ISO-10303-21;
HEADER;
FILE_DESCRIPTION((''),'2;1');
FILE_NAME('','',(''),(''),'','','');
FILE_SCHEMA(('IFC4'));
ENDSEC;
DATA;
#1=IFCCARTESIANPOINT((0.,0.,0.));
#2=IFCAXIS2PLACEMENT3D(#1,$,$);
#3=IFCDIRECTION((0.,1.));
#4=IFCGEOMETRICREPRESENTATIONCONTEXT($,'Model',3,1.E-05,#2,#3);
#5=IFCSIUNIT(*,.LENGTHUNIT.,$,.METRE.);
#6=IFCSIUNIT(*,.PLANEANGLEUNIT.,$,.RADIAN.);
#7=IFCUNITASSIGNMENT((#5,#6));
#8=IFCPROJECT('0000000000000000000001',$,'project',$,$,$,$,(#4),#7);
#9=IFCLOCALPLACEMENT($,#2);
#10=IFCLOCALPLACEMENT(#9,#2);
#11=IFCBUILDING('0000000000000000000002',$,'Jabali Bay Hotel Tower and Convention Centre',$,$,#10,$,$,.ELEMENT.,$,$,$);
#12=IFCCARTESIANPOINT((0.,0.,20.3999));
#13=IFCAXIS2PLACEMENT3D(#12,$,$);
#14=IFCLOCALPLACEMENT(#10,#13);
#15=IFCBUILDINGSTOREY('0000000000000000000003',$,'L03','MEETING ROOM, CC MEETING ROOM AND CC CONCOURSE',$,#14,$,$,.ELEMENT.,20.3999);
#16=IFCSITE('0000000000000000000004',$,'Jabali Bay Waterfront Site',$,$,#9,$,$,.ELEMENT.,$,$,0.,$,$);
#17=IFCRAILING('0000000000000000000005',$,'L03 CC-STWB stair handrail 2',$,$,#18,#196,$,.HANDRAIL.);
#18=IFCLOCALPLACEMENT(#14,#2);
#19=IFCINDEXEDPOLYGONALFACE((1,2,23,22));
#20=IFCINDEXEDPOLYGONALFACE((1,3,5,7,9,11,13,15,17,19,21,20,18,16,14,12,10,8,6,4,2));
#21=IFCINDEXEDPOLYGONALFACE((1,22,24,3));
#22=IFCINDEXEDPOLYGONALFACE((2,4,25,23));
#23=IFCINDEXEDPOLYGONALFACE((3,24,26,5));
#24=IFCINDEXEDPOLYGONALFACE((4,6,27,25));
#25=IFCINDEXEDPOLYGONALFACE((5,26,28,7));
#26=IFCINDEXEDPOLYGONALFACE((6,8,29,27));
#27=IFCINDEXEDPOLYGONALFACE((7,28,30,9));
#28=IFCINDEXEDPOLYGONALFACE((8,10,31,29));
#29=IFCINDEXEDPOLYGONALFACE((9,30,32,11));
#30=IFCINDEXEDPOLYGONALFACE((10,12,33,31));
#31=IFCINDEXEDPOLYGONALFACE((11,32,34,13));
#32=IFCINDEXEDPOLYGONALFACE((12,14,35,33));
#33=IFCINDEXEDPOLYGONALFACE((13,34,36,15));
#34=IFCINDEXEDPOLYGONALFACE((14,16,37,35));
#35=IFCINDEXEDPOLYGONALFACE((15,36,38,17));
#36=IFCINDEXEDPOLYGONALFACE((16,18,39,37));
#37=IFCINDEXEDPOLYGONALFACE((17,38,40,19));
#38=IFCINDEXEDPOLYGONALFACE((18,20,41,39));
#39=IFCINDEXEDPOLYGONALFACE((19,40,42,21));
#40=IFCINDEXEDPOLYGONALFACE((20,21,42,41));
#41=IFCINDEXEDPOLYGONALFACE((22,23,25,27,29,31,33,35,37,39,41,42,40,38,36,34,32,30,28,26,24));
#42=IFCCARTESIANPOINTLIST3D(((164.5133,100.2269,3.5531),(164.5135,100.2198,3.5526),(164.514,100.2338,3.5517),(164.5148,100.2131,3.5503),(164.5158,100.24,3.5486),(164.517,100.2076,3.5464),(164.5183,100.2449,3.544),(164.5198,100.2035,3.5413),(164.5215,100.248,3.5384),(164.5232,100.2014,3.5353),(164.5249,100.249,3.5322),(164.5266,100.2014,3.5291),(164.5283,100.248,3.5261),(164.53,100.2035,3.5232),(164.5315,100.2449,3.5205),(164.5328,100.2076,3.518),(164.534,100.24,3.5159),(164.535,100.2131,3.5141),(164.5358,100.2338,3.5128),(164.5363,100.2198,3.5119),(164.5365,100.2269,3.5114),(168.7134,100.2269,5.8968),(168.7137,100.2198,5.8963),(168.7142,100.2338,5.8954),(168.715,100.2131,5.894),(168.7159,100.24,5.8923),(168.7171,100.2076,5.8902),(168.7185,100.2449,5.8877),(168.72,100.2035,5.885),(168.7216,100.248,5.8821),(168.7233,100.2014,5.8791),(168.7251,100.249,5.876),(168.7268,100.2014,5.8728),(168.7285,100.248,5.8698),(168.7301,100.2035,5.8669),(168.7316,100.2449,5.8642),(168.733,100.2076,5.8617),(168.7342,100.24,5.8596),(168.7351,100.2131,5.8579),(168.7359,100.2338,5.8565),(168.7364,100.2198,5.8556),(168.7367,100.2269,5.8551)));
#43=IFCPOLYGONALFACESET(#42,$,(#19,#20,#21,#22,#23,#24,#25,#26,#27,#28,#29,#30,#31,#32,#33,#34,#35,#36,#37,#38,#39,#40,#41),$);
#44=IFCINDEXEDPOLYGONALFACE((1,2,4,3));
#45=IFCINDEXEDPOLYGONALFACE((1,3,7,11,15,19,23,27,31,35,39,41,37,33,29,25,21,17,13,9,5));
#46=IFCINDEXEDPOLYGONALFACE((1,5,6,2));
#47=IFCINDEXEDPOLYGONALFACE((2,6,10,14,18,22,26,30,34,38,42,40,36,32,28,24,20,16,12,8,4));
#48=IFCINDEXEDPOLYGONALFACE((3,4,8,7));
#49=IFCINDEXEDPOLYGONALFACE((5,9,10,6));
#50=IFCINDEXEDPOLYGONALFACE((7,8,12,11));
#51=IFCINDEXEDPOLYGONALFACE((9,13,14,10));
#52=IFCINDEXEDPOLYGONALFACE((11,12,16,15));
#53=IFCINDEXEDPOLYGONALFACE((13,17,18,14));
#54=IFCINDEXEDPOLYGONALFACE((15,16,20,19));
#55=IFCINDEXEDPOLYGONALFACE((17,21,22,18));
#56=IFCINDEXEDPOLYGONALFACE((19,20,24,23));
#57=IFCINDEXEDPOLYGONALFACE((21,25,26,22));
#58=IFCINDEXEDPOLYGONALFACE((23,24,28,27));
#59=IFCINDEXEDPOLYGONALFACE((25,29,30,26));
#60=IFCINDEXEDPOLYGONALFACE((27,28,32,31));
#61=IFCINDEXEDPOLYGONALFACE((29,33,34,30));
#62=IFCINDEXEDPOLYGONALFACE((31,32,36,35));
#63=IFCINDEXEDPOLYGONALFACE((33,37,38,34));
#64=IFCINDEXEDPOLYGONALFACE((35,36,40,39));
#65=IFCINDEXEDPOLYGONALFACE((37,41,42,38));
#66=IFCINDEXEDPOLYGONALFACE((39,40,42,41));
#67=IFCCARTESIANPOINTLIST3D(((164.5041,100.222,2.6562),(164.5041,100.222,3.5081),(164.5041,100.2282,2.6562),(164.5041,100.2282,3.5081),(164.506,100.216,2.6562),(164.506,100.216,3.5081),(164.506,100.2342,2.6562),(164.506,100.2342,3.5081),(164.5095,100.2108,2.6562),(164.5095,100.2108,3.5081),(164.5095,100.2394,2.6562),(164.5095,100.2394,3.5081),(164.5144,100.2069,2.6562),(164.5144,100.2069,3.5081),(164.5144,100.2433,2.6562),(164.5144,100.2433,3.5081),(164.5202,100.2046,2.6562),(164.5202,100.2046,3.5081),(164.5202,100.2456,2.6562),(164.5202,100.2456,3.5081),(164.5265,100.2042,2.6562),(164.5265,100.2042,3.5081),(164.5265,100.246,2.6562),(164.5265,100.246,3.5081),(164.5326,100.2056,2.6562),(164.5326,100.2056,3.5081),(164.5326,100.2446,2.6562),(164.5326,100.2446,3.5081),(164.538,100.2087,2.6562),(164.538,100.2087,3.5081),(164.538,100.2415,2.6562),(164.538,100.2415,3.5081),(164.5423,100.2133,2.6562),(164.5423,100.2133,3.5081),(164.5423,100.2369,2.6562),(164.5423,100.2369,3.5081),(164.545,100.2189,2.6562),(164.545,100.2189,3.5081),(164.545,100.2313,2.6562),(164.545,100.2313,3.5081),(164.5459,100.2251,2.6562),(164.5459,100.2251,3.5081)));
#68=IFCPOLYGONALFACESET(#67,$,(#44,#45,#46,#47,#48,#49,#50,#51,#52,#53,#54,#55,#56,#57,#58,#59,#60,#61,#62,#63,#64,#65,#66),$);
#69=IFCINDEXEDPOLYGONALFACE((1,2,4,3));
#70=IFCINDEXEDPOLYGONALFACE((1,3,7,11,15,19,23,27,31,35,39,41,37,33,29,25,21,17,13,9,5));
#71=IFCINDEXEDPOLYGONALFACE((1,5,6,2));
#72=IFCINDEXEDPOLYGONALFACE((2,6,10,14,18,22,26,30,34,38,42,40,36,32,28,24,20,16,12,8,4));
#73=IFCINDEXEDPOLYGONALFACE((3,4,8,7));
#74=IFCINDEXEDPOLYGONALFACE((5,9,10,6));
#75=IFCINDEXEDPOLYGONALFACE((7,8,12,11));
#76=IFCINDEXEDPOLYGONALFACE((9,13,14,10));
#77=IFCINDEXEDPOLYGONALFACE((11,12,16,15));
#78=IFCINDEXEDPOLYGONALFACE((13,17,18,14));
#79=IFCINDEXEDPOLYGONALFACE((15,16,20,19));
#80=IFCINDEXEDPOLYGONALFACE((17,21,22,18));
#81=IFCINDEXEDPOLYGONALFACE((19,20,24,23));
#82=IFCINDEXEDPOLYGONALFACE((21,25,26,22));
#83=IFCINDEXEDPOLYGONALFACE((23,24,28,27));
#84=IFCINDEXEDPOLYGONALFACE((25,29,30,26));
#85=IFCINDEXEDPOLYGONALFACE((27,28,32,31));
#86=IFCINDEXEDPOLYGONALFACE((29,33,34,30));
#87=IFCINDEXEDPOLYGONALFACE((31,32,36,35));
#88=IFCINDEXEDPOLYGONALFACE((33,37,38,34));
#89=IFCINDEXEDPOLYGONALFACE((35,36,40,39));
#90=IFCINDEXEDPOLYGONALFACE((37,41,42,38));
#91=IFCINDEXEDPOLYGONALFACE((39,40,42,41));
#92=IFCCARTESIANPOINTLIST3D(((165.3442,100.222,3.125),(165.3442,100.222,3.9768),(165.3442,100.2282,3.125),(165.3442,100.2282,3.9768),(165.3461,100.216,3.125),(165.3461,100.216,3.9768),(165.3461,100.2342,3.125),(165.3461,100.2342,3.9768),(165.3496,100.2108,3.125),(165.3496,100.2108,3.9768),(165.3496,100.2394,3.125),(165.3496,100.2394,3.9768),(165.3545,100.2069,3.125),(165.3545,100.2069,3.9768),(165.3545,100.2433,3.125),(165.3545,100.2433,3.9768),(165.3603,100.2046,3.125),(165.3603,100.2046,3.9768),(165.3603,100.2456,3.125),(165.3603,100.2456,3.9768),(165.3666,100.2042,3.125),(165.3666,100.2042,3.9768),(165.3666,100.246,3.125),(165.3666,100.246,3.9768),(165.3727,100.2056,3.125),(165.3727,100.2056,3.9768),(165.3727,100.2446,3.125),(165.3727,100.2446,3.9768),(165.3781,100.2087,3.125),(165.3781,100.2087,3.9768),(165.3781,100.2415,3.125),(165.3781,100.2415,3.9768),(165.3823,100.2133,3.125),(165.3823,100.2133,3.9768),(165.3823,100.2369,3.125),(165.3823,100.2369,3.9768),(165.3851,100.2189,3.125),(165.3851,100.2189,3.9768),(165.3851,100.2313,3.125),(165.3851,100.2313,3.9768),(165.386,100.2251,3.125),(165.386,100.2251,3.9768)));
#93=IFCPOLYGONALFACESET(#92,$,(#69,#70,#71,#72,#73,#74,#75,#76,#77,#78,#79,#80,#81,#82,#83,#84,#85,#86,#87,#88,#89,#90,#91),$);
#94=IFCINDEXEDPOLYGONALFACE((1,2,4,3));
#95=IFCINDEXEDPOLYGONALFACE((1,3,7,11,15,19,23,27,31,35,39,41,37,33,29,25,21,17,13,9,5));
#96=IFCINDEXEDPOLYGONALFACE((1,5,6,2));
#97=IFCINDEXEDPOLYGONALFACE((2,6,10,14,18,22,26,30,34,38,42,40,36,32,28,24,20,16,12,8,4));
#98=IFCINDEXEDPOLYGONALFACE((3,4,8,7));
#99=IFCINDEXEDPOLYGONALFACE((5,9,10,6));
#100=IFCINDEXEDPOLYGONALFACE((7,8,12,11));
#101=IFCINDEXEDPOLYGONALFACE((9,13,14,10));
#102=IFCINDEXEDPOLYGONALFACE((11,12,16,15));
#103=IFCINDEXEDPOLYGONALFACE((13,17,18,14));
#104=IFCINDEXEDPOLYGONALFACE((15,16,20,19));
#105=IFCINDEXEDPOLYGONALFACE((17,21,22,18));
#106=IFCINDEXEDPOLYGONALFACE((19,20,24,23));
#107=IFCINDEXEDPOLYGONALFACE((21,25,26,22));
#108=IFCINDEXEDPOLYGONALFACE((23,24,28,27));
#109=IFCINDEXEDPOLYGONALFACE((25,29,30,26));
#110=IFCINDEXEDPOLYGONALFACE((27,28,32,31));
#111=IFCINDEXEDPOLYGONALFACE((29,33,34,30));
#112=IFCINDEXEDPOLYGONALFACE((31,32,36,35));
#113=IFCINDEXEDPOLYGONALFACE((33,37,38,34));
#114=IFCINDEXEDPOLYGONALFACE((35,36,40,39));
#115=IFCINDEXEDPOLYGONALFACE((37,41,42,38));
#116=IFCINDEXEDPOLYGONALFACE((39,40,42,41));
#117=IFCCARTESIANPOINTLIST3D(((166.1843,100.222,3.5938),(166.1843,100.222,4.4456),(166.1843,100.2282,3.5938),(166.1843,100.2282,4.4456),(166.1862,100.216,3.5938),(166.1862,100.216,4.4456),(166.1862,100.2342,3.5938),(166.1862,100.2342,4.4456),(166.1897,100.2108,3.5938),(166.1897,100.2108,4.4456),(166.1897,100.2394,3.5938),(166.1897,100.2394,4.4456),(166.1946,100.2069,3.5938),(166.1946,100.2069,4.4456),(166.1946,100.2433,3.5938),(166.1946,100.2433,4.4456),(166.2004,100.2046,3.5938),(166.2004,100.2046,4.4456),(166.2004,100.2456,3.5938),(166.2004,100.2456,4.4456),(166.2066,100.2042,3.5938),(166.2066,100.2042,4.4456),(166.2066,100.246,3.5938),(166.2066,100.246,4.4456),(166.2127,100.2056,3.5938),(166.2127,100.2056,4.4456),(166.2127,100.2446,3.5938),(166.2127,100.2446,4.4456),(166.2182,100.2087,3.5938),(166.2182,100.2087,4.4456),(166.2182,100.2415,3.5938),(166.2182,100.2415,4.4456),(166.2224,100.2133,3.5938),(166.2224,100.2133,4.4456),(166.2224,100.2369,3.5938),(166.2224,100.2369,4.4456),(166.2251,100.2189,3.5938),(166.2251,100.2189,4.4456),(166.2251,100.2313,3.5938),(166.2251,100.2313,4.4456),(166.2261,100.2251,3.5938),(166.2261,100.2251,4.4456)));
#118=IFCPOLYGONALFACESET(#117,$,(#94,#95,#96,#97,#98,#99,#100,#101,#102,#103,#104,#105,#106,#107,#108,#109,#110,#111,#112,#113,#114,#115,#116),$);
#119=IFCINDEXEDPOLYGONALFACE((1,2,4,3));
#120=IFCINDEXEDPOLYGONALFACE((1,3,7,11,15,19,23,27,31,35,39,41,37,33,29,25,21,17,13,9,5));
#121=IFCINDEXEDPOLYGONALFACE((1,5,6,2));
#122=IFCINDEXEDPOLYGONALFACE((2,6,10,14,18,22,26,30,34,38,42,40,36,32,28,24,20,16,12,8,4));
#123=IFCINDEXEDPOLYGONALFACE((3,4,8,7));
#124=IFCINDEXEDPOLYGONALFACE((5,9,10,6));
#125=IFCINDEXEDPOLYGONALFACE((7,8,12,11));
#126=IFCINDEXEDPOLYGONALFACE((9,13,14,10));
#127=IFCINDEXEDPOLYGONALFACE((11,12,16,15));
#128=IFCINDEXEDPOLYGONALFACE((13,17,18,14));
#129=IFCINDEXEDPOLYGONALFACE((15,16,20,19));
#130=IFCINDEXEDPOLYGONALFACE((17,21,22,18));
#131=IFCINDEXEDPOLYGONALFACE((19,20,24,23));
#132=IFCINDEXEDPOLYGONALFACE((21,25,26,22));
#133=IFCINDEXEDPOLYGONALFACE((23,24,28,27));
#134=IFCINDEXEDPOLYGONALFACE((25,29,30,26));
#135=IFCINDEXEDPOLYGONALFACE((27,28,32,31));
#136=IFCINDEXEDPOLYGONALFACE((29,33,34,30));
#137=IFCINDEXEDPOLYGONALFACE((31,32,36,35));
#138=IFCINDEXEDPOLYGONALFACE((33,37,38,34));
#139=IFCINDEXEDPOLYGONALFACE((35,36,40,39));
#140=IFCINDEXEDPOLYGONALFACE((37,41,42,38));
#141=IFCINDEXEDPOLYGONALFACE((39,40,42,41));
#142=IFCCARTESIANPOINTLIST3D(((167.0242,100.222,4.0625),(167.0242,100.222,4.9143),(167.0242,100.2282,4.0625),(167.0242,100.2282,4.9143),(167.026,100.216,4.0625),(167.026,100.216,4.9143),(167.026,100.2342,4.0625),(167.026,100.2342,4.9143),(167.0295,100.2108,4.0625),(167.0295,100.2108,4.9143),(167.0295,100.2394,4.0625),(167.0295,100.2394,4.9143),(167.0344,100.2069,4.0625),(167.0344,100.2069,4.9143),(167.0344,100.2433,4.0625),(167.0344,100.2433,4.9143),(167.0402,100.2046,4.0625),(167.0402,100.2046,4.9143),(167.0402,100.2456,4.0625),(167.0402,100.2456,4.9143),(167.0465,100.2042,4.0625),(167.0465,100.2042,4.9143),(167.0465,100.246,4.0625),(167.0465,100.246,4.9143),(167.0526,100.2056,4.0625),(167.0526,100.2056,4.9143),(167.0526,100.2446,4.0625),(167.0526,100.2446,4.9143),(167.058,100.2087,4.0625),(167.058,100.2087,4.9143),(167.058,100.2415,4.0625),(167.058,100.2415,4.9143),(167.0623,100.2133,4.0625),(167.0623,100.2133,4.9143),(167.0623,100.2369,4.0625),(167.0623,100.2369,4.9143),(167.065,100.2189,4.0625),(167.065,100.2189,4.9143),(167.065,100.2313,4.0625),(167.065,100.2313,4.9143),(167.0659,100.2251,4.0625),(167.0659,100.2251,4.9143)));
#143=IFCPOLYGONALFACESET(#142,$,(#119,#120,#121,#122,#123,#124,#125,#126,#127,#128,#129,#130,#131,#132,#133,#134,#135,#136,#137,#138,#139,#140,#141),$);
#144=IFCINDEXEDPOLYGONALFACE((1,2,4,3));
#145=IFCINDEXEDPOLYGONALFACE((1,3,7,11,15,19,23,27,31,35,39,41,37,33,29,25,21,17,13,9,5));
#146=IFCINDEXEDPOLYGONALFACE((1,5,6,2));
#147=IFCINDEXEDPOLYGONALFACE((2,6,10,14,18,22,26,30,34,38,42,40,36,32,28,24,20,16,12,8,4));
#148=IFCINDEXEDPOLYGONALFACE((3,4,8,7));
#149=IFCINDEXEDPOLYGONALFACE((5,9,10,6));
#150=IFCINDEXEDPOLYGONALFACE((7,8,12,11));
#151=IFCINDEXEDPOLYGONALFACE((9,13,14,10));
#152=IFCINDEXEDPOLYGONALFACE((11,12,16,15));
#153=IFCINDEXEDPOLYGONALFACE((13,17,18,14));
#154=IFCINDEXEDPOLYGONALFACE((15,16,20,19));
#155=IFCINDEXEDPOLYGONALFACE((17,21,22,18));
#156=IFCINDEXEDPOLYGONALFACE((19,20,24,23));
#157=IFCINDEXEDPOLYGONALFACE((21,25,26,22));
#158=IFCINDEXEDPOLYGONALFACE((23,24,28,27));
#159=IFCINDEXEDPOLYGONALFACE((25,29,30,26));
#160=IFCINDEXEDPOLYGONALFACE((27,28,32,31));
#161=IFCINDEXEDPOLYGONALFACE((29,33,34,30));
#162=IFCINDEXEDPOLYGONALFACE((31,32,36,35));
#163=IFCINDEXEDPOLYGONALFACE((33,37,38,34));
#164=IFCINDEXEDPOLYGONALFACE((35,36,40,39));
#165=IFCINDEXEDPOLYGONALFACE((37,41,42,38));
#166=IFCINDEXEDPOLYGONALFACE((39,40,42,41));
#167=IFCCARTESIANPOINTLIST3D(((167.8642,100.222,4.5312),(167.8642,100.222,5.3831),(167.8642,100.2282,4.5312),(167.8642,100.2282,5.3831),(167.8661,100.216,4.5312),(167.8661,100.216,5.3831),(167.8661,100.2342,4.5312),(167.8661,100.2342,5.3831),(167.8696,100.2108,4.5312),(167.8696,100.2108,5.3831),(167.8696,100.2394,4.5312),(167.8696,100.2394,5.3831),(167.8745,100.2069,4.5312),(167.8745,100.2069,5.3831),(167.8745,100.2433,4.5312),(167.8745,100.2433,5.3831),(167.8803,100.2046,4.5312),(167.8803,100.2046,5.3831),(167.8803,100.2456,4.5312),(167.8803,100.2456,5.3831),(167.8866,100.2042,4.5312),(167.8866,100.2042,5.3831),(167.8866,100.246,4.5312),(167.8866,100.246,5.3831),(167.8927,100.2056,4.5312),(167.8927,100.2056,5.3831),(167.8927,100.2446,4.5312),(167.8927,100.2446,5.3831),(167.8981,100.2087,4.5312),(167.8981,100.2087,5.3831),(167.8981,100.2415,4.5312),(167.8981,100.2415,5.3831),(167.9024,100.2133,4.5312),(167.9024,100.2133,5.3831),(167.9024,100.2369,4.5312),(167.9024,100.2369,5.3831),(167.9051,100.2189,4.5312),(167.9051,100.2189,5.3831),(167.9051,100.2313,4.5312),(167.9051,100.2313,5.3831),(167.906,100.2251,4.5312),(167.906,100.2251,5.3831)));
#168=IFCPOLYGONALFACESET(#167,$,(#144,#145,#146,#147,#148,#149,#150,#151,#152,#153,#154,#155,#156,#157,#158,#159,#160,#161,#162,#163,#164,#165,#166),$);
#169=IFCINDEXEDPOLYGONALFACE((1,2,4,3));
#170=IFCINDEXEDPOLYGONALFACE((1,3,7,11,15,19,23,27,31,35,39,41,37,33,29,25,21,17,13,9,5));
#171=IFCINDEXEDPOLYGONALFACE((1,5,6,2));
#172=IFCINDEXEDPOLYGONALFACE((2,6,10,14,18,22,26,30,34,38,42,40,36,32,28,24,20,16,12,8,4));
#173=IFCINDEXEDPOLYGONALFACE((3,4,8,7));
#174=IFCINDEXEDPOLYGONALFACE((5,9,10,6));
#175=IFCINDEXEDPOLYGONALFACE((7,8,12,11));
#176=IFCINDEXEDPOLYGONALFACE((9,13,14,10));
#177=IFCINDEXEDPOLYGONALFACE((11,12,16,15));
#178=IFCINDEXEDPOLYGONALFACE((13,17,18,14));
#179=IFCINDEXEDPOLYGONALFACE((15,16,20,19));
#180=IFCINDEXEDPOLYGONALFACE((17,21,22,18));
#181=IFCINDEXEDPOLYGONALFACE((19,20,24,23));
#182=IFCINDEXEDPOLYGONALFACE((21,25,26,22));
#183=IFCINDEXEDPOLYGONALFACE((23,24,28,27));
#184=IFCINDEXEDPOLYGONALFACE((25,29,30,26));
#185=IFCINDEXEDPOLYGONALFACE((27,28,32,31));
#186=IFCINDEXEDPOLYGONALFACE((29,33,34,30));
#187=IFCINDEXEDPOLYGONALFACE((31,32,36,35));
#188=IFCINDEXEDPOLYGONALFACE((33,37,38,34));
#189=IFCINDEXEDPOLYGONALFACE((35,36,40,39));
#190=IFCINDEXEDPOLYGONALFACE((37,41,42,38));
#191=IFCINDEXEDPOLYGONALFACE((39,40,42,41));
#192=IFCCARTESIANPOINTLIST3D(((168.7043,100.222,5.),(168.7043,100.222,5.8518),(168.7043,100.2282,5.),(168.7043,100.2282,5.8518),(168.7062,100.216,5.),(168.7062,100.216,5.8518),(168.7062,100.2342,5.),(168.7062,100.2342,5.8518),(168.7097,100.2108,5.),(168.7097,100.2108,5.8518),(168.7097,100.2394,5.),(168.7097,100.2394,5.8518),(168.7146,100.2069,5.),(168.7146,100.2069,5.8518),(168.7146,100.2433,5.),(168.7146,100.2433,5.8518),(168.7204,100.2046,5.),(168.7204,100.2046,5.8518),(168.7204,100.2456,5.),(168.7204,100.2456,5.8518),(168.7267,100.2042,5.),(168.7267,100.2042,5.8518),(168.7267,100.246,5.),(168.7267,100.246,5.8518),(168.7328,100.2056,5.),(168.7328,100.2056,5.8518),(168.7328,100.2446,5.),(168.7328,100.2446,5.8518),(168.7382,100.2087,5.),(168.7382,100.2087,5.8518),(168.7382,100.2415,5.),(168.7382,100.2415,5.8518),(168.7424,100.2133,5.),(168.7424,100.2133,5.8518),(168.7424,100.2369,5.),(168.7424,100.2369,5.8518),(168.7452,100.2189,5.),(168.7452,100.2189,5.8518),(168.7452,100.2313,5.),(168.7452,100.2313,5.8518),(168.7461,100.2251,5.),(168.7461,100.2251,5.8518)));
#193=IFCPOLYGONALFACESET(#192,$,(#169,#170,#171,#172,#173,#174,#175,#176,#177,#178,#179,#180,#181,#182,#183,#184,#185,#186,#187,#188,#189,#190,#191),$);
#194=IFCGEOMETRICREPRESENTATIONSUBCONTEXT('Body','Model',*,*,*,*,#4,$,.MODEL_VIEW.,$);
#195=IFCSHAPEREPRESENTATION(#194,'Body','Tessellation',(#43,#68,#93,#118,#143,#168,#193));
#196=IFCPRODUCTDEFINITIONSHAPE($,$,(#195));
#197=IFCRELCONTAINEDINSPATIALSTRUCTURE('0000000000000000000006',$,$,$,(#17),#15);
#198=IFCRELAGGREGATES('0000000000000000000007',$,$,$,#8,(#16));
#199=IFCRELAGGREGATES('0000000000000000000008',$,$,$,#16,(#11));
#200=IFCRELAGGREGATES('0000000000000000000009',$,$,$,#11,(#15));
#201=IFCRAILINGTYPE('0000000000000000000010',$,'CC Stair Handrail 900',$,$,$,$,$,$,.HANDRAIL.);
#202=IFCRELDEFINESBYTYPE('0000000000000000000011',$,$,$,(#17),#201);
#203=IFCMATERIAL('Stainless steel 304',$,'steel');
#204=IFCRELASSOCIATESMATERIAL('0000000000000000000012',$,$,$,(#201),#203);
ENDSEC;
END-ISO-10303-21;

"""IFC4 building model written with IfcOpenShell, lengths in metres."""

from ifc_helpers import new_model, si_unit, direction, frame, origin, origin_2d, place, context, subcontext, project, spatial, circle, extrude, material, type_object, element, save


model = new_model("IFC4")

# Units and contexts
model_context = context("Model", 3, precision=1e-05, world=origin(), true_north=direction((0.0, 1.0)))
body_context = subcontext(model_context, "Body", "Model", "MODEL_VIEW")
ifc_project = project(units=[si_unit("LENGTHUNIT", "METRE"), si_unit("PLANEANGLEUNIT", "RADIAN")], contexts=[model_context])

# Site, building, storey
site_placement = place(None, origin())
site = spatial("IfcSite", under=ifc_project, at=site_placement, Name="Jabali Bay Waterfront Site", CompositionType="ELEMENT", RefElevation=0.0)
building_placement = place(site_placement, origin())
building = spatial("IfcBuilding", under=site, at=building_placement, Name="Jabali Bay Hotel Tower and Convention Centre", CompositionType="ELEMENT")
storey_placement = place(building_placement, frame((0.0, 0.0, 20.3999)))
storey = spatial("IfcBuildingStorey", under=building, at=storey_placement, Name="L03", Description="MEETING ROOM, CC MEETING ROOM AND CC CONCOURSE", CompositionType="ELEMENT", Elevation=20.3999)

# Railing
ifc_material_1 = material(Name="Stainless steel 304", Category="steel")
railing_type_1 = type_object("IfcRailingType", Name="CC Stair Handrail 900", PredefinedType="HANDRAIL", material=ifc_material_1)
railing_1_placement = place(storey_placement, frame((164.5249, 100.2251, 2.6562)))
element("IfcRailing", 1, at=railing_1_placement, inside=storey, type_object=railing_type_1, Name="L03 CC-STWB stair handrail 2", PredefinedType="HANDRAIL", context=body_context, shape_type="SweptSolid", body=[
    extrude(circle(Radius=0.0239, at=origin_2d()), frame((0.0, 0.0, 0.876), z_axis=(0.873246, 0.0, 0.48728), x_axis=(0.0, 1.0, 0.0)), (0.0, 0.0, 1.0), 4.8098),
    extrude(circle(Radius=0.021, at=origin_2d()), origin(), (0.0, 0.0, 1.0), 0.8518),
    extrude(circle(Radius=0.021, at=origin_2d()), frame((0.8401, 0.0, 0.4688)), (0.0, 0.0, 1.0), 0.8518),
    extrude(circle(Radius=0.021, at=origin_2d()), frame((1.6802, 0.0, 0.9375)), (0.0, 0.0, 1.0), 0.8518),
    extrude(circle(Radius=0.021, at=origin_2d()), frame((2.52, 0.0, 1.4062)), (0.0, 0.0, 1.0), 0.8518),
    extrude(circle(Radius=0.021, at=origin_2d()), frame((3.3601, 0.0, 1.875)), (0.0, 0.0, 1.0), 0.8518),
    extrude(circle(Radius=0.021, at=origin_2d()), frame((4.2002, 0.0, 2.3438)), (0.0, 0.0, 1.0), 0.8518),
])

save(model, "model.ifc")
